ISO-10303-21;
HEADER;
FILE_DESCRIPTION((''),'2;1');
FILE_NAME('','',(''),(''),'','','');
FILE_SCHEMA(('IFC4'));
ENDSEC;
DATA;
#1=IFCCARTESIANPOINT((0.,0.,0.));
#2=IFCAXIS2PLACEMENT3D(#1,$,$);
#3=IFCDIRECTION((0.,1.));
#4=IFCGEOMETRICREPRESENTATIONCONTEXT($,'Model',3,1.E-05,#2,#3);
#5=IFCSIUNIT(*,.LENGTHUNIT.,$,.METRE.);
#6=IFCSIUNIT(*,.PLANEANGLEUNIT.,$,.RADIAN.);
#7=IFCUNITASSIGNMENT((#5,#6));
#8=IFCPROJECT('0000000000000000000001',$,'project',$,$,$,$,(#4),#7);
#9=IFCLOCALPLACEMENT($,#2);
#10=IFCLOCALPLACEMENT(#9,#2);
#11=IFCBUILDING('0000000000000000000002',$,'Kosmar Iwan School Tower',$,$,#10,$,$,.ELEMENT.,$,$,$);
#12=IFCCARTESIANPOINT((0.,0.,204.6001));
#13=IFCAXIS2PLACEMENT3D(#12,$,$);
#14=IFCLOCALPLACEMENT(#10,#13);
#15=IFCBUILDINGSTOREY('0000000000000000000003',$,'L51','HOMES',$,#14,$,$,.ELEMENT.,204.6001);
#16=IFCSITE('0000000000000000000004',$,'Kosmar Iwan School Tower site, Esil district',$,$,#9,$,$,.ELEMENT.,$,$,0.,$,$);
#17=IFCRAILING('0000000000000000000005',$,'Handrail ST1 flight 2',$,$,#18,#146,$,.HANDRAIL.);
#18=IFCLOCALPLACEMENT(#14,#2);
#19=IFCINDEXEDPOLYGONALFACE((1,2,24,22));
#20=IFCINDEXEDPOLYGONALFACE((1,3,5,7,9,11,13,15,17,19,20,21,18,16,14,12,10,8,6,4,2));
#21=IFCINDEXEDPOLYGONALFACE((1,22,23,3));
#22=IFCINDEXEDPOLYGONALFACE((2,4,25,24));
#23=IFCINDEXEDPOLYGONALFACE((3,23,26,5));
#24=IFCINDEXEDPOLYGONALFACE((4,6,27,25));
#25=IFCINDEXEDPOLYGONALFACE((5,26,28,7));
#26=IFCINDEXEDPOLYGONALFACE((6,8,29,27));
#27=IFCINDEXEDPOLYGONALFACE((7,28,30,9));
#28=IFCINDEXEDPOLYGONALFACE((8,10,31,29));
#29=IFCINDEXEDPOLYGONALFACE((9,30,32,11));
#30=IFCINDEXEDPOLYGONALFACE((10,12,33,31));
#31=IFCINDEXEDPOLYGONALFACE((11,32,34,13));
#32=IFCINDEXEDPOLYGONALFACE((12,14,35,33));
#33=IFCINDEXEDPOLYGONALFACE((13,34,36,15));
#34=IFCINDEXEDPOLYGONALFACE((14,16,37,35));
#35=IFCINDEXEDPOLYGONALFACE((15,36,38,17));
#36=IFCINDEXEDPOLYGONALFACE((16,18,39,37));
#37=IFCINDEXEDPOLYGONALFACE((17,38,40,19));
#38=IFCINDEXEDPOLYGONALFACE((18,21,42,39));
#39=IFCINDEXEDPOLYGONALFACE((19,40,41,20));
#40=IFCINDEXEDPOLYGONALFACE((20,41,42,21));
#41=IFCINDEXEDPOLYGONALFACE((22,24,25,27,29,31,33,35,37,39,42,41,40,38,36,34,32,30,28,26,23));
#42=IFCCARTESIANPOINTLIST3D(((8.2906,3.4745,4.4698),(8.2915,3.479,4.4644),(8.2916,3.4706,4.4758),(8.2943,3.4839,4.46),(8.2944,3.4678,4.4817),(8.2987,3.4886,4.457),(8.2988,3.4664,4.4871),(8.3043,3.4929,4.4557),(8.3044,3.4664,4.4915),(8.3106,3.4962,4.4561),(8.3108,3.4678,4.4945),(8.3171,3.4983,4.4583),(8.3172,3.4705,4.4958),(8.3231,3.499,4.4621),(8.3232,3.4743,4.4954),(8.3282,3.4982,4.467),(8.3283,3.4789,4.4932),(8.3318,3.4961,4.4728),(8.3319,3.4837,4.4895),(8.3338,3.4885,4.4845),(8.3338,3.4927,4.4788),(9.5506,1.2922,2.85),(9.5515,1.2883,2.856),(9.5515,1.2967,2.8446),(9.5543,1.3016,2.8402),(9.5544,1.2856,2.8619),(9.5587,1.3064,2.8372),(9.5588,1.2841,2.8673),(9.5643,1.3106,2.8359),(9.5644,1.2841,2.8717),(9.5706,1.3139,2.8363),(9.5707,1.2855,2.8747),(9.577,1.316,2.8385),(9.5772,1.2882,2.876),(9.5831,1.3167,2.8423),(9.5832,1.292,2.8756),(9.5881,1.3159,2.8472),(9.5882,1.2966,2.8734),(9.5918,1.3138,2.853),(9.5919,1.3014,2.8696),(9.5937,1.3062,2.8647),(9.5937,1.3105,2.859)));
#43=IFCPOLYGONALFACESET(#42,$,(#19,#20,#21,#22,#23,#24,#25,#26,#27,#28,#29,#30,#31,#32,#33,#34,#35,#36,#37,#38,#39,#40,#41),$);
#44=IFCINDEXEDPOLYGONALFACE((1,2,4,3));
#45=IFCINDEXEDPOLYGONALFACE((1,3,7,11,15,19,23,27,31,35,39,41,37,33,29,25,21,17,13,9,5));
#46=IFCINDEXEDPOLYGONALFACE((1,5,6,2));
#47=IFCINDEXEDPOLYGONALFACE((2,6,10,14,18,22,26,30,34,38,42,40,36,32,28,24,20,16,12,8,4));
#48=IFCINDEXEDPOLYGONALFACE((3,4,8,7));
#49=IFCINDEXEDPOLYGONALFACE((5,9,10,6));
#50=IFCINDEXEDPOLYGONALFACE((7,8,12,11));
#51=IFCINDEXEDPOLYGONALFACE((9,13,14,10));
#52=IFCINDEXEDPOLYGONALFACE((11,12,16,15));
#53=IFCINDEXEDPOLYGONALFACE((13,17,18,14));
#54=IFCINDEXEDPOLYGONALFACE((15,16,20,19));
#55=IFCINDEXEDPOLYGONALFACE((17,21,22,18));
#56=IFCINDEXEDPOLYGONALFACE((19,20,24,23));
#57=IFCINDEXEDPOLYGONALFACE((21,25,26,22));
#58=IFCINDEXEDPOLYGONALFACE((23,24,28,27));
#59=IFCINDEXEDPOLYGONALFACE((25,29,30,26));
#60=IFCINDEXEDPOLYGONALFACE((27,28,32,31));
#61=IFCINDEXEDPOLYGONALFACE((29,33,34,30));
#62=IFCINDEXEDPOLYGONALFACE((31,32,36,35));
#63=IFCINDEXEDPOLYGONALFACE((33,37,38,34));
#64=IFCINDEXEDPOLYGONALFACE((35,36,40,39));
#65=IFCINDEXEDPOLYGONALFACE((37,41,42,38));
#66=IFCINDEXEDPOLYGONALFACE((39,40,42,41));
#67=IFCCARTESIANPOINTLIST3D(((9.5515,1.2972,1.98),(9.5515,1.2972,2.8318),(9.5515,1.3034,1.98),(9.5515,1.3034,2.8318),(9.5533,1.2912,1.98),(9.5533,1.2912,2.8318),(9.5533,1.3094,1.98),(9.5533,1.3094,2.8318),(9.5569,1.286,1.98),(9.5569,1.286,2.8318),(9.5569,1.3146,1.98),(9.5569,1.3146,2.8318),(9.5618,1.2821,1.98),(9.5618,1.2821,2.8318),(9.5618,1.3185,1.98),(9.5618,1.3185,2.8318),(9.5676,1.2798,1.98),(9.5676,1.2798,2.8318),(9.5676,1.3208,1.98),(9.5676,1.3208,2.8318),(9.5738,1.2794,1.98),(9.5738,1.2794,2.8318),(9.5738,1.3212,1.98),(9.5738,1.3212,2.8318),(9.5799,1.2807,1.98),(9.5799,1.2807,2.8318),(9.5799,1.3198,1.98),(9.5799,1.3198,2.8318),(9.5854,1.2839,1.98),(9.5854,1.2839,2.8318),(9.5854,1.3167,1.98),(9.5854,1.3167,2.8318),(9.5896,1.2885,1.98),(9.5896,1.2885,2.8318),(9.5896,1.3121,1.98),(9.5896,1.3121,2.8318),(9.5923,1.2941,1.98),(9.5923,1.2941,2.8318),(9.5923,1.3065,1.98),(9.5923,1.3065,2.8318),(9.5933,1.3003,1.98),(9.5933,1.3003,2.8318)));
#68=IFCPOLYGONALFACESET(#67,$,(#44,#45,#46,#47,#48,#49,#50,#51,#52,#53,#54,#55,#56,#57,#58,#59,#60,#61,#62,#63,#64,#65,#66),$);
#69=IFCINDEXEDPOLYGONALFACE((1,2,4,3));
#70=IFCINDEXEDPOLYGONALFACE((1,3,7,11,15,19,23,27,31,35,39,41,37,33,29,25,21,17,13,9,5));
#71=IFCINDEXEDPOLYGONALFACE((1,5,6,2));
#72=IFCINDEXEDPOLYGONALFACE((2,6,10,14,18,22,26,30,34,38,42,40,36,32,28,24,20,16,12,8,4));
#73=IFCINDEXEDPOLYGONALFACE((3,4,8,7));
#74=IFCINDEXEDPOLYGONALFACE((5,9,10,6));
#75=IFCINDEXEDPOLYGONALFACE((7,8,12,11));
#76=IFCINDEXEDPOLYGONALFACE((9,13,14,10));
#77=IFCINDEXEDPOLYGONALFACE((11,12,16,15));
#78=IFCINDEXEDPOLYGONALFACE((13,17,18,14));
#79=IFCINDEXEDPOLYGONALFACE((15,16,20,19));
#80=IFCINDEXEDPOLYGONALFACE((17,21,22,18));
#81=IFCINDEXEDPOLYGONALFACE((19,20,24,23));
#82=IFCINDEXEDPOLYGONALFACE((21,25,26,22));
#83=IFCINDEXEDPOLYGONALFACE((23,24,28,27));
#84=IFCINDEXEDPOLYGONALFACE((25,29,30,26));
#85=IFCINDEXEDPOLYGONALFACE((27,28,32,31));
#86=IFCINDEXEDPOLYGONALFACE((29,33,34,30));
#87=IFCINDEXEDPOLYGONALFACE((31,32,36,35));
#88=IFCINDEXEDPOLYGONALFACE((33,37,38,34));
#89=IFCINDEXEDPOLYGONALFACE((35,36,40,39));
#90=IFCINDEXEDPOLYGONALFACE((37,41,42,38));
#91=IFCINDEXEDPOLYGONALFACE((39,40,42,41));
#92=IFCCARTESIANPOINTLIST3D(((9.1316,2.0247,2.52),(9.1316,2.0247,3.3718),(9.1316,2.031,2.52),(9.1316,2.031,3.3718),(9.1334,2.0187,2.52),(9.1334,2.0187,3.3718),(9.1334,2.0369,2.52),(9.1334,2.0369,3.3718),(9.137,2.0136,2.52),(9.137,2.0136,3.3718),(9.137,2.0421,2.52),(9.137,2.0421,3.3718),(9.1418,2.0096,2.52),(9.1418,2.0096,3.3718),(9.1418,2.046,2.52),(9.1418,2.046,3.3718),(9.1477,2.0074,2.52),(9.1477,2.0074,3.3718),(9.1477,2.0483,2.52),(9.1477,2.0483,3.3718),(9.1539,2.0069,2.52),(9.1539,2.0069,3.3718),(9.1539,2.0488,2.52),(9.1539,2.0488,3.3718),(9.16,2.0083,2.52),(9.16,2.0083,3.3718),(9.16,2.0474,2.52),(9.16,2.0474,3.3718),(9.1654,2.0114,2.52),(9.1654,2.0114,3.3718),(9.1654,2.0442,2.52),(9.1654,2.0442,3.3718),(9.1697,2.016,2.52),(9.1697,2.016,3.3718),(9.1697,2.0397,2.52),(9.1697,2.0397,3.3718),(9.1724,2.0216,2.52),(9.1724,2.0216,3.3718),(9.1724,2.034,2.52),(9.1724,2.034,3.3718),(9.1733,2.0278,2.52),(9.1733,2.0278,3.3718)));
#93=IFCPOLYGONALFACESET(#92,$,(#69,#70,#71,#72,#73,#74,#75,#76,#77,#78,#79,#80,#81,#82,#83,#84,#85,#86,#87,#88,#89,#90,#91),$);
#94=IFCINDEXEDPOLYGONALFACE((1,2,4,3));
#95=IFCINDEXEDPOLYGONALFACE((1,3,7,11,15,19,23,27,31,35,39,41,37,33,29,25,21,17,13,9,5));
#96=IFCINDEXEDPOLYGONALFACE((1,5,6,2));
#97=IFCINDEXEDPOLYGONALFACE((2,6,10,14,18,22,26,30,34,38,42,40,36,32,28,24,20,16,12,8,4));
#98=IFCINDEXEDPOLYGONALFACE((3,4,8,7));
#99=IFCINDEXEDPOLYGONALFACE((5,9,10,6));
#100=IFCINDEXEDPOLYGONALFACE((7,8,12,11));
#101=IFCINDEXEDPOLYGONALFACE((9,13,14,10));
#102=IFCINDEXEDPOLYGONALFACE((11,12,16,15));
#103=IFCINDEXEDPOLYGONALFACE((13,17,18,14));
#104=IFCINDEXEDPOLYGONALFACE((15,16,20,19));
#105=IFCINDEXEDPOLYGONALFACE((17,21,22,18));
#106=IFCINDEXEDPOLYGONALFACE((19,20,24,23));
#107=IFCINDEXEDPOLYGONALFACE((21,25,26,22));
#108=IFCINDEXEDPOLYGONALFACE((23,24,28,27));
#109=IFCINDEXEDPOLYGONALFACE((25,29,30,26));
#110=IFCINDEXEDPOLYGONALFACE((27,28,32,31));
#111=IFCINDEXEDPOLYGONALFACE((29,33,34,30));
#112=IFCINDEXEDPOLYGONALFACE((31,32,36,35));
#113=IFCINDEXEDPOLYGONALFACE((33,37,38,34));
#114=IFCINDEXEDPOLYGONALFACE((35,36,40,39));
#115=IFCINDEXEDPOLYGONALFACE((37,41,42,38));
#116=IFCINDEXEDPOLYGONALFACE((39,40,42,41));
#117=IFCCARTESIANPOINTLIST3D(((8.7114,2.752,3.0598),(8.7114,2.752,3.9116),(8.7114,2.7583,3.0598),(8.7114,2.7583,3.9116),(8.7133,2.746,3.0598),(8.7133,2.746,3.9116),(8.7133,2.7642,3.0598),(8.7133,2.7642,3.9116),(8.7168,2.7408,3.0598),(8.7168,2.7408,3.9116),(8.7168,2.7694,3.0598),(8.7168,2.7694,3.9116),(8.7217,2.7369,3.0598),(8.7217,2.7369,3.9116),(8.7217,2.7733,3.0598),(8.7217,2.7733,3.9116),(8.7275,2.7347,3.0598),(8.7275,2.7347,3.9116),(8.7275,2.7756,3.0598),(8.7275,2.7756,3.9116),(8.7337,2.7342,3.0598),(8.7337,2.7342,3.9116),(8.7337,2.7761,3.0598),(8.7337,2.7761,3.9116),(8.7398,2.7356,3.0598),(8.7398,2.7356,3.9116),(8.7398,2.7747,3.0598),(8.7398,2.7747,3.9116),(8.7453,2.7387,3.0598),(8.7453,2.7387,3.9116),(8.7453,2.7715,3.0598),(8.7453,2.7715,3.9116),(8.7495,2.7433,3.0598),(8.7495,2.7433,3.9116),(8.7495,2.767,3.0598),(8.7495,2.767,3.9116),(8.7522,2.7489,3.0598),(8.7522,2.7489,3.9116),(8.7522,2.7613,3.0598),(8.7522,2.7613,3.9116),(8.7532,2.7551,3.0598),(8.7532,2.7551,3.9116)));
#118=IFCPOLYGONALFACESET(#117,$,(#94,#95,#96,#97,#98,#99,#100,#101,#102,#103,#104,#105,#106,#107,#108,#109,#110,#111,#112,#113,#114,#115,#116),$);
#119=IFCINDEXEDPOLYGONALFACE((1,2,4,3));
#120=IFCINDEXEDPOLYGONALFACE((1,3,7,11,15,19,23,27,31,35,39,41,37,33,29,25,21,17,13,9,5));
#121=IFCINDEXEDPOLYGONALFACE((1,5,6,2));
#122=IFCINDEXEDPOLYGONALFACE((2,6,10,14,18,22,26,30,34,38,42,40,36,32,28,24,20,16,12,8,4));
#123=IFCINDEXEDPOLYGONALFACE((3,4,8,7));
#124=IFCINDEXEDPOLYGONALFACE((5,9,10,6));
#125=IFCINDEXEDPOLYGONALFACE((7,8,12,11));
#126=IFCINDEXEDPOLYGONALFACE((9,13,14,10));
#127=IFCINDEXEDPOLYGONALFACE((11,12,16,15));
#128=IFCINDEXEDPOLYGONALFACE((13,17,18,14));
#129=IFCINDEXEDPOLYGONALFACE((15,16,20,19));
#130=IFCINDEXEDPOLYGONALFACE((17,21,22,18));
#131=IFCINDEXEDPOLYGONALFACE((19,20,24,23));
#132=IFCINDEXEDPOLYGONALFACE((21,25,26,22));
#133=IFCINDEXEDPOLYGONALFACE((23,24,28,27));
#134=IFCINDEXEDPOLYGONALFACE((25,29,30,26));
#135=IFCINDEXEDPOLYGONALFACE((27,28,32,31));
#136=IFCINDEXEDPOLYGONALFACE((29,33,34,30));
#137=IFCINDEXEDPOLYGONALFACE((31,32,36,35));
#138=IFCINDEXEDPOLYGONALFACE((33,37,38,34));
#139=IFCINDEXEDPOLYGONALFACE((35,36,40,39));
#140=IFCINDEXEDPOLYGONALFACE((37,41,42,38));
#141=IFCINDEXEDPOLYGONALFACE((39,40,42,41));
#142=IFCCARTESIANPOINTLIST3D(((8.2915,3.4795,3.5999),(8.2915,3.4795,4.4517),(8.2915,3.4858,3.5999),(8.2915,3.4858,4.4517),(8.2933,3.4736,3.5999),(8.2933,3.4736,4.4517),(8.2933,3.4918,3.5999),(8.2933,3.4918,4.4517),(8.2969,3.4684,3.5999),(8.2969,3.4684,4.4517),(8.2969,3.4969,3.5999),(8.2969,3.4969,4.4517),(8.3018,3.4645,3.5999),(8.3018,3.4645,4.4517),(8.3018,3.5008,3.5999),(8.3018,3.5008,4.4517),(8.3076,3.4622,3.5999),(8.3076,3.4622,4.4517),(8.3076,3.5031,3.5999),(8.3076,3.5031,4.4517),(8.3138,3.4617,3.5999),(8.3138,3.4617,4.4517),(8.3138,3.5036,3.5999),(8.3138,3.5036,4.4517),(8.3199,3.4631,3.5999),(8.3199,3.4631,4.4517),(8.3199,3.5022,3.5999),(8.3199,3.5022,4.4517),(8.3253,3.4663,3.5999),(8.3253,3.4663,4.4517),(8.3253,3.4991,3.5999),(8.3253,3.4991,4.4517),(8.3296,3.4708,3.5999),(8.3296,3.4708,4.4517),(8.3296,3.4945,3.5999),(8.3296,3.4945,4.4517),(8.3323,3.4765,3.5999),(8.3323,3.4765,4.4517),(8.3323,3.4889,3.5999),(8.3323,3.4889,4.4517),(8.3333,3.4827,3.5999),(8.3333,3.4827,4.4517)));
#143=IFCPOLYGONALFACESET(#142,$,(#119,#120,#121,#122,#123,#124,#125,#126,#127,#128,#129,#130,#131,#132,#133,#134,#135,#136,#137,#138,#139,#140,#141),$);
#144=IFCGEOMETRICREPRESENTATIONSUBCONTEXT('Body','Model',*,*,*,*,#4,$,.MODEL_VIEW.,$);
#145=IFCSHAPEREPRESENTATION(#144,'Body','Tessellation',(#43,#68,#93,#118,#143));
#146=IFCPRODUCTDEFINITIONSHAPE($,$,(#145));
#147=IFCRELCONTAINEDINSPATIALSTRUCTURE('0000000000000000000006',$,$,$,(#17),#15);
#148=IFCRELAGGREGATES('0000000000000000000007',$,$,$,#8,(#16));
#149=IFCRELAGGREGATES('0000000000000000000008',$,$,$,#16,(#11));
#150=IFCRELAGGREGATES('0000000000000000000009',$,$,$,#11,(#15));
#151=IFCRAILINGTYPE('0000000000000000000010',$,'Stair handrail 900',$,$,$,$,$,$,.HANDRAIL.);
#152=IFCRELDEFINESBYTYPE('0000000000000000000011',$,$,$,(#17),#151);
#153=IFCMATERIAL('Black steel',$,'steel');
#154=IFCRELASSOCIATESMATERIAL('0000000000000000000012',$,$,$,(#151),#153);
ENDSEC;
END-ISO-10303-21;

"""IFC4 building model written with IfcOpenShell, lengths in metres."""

from ifc_helpers import new_model, si_unit, direction, frame, origin, origin_2d, place, context, subcontext, project, spatial, circle, extrude, material, type_object, element, save


model = new_model("IFC4")

# Units and contexts
model_context = context("Model", 3, precision=1e-05, world=origin(), true_north=direction((0.0, 1.0)))
body_context = subcontext(model_context, "Body", "Model", "MODEL_VIEW")
ifc_project = project(units=[si_unit("LENGTHUNIT", "METRE"), si_unit("PLANEANGLEUNIT", "RADIAN")], contexts=[model_context])

# Site, building, storey
site_placement = place(None, origin())
site = spatial("IfcSite", under=ifc_project, at=site_placement, Name="Kosmar Iwan School Tower site, Esil district", CompositionType="ELEMENT", RefElevation=0.0)
building_placement = place(site_placement, origin())
building = spatial("IfcBuilding", under=site, at=building_placement, Name="Kosmar Iwan School Tower", CompositionType="ELEMENT")
storey_placement = place(building_placement, frame((0.0, 0.0, 204.6001)))
storey = spatial("IfcBuildingStorey", under=building, at=storey_placement, Name="L51", Description="HOMES", CompositionType="ELEMENT", Elevation=204.6001)

# Railing
ifc_material_1 = material(Name="Black steel", Category="steel")
railing_type = type_object("IfcRailingType", Name="Stair handrail 900", PredefinedType="HANDRAIL", material=ifc_material_1)
railing_1_placement = place(storey_placement, frame((9.5723, 1.3003, 1.98)))
element("IfcRailing", 1, at=railing_1_placement, inside=storey, type_object=railing_type, Name="Handrail ST1 flight 2", PredefinedType="HANDRAIL", context=body_context, shape_type="SweptSolid", body=[
    extrude(circle(Radius=0.0239, at=origin_2d()), frame((0.0, 0.0, 0.876), z_axis=(-0.420603, 0.728496, 0.540728), x_axis=(-0.866023, -0.500005, 0.0)), (0.0, 0.0, 1.0), 2.9956),
    extrude(circle(Radius=0.021, at=origin_2d()), origin(), (0.0, 0.0, 1.0), 0.8518),
    extrude(circle(Radius=0.021, at=origin_2d()), frame((-0.4199, 0.7275, 0.54)), (0.0, 0.0, 1.0), 0.8518),
    extrude(circle(Radius=0.021, at=origin_2d()), frame((-0.8401, 1.4548, 1.0798)), (0.0, 0.0, 1.0), 0.8518),
    extrude(circle(Radius=0.021, at=origin_2d()), frame((-1.26, 2.1824, 1.6199)), (0.0, 0.0, 1.0), 0.8518),
])

save(model, "model.ifc")
